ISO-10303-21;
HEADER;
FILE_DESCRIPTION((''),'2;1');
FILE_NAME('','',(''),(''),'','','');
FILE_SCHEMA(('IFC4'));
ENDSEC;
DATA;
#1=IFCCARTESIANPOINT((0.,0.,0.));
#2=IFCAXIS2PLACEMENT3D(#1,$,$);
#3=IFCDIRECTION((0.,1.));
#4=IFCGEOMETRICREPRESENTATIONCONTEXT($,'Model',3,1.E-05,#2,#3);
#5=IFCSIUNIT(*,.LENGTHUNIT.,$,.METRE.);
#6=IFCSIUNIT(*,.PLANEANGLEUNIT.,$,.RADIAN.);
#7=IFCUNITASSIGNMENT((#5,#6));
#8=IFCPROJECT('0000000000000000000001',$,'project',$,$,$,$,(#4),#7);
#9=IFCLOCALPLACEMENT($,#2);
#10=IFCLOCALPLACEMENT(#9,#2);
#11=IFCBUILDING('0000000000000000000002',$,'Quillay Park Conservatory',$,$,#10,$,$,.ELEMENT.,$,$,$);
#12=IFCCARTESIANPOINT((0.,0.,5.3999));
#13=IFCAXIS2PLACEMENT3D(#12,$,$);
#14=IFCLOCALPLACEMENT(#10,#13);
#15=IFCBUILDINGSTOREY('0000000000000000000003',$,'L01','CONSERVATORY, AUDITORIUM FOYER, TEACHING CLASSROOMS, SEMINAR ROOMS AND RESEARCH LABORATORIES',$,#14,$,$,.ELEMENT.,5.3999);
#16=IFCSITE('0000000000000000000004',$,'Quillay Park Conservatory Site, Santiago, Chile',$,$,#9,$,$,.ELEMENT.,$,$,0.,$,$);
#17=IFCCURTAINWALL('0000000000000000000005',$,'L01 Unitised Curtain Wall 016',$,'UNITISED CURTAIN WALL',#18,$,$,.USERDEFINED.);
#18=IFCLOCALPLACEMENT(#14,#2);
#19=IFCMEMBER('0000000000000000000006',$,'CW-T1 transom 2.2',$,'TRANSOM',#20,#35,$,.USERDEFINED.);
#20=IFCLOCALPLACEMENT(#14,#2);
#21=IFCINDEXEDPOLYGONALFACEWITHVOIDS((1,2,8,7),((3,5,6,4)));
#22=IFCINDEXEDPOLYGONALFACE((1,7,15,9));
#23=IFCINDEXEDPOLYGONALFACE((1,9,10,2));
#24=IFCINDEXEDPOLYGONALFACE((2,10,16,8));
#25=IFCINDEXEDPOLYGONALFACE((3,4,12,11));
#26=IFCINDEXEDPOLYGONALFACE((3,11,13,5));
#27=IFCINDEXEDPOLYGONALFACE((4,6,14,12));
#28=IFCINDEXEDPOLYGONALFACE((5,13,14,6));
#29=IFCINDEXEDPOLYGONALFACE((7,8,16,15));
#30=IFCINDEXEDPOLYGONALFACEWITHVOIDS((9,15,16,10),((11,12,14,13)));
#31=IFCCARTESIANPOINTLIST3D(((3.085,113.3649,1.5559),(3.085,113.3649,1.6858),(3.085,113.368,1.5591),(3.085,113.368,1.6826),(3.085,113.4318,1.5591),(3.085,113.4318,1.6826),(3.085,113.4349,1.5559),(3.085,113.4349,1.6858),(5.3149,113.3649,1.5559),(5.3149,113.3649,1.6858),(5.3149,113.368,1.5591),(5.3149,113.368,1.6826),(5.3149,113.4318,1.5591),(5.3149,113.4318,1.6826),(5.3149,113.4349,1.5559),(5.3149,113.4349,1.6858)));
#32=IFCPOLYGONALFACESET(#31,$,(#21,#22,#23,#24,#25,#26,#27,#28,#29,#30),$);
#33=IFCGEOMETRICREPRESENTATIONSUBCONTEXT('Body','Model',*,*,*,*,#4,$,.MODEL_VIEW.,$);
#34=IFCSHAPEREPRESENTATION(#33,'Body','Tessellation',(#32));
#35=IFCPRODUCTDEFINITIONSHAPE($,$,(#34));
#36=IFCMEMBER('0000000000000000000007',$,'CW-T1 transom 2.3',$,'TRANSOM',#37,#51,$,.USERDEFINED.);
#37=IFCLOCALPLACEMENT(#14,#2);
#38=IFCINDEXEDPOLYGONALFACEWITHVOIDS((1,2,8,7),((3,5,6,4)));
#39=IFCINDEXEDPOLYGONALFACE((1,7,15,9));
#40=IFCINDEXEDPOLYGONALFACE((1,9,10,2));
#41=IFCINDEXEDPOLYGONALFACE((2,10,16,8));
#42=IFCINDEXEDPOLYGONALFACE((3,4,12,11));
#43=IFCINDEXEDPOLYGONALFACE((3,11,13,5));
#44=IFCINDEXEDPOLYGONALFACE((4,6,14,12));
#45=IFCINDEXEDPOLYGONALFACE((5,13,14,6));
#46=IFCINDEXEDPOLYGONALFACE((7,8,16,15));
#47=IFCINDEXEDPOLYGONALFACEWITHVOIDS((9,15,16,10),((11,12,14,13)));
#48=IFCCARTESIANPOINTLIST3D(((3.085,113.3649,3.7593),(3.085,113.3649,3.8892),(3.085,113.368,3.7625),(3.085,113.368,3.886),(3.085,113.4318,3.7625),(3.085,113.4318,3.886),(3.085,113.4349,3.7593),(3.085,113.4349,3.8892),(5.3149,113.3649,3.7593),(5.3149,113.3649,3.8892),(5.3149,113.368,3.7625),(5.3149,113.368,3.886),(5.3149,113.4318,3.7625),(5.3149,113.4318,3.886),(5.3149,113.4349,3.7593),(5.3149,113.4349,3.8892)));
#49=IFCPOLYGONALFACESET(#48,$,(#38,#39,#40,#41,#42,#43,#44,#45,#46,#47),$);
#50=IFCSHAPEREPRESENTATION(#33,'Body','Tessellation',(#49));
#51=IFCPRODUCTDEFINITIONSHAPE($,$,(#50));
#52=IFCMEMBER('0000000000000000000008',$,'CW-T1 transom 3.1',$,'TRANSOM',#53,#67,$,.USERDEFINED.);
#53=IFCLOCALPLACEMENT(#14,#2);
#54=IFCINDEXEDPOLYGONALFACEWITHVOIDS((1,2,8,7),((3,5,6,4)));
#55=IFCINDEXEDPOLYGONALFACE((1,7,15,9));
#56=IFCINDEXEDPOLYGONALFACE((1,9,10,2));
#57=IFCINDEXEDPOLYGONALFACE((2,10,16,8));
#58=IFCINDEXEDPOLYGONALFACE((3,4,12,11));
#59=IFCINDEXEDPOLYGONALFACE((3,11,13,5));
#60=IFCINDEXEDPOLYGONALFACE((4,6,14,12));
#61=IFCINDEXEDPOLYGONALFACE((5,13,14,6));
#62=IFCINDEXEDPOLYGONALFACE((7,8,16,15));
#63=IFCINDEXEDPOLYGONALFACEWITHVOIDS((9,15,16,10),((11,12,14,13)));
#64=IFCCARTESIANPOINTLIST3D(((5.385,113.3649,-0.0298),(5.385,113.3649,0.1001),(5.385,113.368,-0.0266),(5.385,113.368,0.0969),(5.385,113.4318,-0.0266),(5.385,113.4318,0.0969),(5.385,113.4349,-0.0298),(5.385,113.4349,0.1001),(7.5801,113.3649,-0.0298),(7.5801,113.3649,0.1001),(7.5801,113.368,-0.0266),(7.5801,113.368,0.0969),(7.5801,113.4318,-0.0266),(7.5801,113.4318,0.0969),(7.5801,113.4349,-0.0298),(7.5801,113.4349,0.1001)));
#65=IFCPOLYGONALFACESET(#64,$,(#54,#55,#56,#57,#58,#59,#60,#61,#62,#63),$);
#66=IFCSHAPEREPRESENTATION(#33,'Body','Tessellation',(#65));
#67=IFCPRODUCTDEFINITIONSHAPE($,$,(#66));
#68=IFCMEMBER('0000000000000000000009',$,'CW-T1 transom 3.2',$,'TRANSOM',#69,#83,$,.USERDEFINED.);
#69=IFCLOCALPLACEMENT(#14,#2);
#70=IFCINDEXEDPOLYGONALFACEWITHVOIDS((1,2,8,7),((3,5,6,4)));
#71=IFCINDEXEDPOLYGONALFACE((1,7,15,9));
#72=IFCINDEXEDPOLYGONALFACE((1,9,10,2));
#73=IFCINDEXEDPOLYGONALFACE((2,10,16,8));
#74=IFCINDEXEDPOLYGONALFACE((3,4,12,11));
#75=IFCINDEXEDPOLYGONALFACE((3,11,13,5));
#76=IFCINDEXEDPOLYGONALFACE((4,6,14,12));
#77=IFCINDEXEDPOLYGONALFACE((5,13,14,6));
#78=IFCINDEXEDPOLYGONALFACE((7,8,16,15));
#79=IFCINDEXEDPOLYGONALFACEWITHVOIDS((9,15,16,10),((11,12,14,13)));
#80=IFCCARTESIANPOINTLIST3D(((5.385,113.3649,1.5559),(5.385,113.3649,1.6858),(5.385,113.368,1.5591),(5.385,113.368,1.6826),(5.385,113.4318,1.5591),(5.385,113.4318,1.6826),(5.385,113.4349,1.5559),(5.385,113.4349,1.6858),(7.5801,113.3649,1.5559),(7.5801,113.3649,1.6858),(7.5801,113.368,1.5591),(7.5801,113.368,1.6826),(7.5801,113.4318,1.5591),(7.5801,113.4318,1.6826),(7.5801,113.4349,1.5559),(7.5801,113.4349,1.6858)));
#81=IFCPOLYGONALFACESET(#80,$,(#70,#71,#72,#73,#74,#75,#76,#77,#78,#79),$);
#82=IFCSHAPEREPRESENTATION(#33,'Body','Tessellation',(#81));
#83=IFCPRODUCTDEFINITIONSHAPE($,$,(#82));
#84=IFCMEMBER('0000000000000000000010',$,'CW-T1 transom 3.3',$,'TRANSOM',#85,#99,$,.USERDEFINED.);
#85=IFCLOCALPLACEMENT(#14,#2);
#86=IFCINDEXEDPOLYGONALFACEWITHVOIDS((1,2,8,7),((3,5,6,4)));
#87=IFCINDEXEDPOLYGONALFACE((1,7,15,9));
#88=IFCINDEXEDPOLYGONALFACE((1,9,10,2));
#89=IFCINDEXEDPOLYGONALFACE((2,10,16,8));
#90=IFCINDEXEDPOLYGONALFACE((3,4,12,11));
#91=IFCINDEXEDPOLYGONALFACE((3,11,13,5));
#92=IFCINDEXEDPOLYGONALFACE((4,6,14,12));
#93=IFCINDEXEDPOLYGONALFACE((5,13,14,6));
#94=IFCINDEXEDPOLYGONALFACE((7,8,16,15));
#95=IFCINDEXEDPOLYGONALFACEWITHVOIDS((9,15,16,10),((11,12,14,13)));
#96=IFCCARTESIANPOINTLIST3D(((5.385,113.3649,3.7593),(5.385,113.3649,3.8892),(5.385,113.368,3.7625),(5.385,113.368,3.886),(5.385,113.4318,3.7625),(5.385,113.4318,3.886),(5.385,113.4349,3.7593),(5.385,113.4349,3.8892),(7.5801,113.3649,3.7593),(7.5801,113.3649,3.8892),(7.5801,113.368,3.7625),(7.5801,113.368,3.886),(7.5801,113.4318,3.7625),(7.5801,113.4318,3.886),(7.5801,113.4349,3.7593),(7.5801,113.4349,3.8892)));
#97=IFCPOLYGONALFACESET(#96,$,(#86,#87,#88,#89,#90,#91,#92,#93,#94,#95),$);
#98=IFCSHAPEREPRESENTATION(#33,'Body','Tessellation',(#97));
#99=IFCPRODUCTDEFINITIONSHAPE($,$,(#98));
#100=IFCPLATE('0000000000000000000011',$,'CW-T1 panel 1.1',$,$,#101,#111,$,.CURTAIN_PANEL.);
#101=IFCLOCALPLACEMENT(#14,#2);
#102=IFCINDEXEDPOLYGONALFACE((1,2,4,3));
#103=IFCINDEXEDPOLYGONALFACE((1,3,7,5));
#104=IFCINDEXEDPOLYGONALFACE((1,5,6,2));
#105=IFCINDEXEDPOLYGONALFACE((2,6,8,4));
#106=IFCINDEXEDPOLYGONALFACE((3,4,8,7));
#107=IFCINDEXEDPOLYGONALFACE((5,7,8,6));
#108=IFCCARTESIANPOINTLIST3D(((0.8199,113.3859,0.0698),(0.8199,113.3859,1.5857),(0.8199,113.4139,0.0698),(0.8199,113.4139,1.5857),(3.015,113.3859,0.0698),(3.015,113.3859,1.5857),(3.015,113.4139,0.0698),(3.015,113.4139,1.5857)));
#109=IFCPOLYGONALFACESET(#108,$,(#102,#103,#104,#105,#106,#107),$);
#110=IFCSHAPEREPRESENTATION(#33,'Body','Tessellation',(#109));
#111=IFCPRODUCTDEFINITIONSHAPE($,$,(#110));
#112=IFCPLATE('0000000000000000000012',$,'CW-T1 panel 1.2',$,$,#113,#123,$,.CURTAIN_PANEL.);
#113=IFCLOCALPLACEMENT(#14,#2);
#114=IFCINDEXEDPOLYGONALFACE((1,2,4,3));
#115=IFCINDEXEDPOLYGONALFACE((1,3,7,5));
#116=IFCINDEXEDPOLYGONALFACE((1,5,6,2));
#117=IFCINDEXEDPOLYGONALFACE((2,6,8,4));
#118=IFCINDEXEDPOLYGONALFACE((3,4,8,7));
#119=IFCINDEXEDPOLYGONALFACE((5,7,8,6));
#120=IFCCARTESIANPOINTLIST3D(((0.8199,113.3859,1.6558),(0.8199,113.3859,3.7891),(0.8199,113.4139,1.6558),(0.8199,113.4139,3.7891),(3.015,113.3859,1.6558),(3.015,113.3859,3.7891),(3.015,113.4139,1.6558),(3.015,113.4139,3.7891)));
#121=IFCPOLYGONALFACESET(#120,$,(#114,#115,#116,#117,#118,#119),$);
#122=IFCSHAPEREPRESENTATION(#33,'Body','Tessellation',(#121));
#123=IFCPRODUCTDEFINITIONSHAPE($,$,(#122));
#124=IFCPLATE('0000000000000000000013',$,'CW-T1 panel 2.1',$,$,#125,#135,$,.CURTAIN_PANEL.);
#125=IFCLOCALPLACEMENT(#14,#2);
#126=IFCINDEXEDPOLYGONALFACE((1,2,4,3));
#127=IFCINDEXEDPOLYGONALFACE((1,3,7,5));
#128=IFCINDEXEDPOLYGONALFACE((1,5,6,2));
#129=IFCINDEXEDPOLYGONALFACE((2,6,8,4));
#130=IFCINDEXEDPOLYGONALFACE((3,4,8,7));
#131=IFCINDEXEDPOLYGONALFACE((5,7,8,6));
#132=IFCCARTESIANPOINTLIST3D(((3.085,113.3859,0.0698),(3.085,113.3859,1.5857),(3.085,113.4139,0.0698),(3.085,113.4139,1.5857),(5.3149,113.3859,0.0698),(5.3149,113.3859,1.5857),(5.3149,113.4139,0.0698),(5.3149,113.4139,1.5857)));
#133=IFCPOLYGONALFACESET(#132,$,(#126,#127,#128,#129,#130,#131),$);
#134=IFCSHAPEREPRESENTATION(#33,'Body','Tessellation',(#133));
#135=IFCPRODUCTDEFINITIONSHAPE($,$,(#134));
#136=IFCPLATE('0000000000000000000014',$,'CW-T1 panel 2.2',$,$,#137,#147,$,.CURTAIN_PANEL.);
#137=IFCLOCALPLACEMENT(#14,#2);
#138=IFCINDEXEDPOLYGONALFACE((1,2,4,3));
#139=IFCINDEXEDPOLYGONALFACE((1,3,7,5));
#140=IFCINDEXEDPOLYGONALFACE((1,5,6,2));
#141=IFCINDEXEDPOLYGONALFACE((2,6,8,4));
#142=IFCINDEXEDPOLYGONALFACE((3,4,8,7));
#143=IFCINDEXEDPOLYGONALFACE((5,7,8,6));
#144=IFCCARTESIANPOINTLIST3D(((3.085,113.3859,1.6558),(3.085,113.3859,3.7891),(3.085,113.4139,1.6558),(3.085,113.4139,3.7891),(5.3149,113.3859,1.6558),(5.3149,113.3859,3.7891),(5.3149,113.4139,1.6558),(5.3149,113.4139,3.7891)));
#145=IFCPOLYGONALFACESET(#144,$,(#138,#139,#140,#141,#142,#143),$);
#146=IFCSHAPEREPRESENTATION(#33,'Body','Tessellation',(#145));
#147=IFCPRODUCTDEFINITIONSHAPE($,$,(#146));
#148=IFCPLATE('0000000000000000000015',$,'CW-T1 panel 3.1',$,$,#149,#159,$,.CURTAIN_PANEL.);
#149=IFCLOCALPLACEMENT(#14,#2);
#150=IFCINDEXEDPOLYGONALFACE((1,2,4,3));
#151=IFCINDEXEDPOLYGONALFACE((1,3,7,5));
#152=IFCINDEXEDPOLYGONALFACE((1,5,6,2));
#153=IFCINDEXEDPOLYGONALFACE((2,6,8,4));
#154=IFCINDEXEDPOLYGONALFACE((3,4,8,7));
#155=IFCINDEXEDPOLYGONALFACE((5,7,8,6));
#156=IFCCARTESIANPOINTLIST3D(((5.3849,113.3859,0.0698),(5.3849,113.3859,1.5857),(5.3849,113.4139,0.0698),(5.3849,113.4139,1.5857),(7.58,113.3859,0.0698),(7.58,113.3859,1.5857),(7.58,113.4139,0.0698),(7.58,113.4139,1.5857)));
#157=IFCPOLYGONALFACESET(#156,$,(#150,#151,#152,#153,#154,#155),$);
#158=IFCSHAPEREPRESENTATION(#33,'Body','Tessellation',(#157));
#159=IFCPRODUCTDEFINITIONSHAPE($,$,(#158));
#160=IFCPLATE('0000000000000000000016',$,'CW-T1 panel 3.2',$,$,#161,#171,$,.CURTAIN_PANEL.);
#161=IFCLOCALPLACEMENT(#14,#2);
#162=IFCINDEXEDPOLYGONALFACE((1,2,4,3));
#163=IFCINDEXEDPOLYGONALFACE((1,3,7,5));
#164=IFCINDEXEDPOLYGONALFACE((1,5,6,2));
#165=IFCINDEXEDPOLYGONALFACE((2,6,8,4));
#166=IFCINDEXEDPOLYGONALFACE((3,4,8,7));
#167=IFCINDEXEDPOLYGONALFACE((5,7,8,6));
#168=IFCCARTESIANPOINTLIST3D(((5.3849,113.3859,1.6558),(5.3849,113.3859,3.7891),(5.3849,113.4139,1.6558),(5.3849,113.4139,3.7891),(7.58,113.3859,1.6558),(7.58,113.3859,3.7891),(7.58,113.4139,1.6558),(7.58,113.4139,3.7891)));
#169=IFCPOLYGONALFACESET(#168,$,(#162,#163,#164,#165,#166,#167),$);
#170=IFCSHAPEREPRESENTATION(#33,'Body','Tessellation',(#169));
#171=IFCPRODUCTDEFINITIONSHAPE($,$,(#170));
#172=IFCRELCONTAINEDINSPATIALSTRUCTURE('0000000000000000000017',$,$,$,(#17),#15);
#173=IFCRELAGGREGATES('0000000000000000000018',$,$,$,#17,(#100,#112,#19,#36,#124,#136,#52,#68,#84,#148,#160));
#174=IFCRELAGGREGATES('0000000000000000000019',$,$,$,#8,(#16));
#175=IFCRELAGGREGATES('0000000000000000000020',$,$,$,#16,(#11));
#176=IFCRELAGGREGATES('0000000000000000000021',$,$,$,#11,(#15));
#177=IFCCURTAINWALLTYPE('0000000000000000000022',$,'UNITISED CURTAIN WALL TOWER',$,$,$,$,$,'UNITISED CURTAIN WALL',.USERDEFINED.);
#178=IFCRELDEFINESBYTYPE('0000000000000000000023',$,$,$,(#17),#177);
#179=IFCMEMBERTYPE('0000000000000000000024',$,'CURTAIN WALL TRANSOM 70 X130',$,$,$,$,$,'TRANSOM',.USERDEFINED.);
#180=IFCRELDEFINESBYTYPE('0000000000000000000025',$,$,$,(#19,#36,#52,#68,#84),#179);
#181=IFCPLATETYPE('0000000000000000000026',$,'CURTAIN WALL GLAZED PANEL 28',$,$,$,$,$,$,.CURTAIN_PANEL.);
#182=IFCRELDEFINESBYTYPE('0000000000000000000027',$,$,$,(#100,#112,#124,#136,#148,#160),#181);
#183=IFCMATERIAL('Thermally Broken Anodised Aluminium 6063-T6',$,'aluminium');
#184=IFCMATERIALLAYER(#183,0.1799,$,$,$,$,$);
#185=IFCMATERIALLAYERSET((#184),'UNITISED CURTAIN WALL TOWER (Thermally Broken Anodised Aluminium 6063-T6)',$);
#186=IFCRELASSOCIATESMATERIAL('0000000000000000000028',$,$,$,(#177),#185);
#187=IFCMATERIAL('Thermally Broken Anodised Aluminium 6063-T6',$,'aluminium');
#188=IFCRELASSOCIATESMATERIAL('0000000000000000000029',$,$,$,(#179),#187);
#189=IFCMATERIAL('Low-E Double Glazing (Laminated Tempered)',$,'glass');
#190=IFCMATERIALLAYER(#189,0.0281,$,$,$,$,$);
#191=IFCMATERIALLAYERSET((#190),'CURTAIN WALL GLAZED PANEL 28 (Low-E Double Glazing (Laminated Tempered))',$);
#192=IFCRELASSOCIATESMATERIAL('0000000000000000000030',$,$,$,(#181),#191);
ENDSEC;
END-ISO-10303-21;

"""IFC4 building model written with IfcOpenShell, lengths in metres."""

from ifc_helpers import new_model, si_unit, direction, frame, origin, origin_2d, place, context, subcontext, project, spatial, rectangle, hollow_rectangle, extrude, material, layer, layer_set, material_profile, profile_set, type_object, element, aggregate, save


model = new_model("IFC4")

# Units and contexts
model_context = context("Model", 3, precision=1e-05, world=origin(), true_north=direction((0.0, 1.0)))
body_context = subcontext(model_context, "Body", "Model", "MODEL_VIEW")
ifc_project = project(units=[si_unit("LENGTHUNIT", "METRE"), si_unit("PLANEANGLEUNIT", "RADIAN")], contexts=[model_context])

# Site, building, storey
site_placement = place(None, origin())
site = spatial("IfcSite", under=ifc_project, at=site_placement, Name="Quillay Park Conservatory Site, Santiago, Chile", CompositionType="ELEMENT", RefElevation=0.0)
building_placement = place(site_placement, origin())
building = spatial("IfcBuilding", under=site, at=building_placement, Name="Quillay Park Conservatory", CompositionType="ELEMENT")
storey_placement = place(building_placement, frame((0.0, 0.0, 5.3999)))
storey = spatial("IfcBuildingStorey", under=building, at=storey_placement, Name="L01", Description="CONSERVATORY, AUDITORIUM FOYER, TEACHING CLASSROOMS, SEMINAR ROOMS AND RESEARCH LABORATORIES", CompositionType="ELEMENT", Elevation=5.3999)

# Curtain wall, members, plates
ifc_material_1 = material(Name="Thermally Broken Anodised Aluminium 6063-T6", Category="aluminium")
ifc_layer_1 = layer(ifc_material_1, 0.1799)
ifc_layer_set_1 = layer_set([ifc_layer_1], Name="UNITISED CURTAIN WALL TOWER (Thermally Broken Anodised Aluminium 6063-T6)")
curtain_wall_type = type_object("IfcCurtainWallType", Name="UNITISED CURTAIN WALL TOWER", ElementType="UNITISED CURTAIN WALL", PredefinedType="USERDEFINED", material=ifc_layer_set_1)
curtain_wall_placement = place(storey_placement, origin())
curtain_wall = element("IfcCurtainWall", 1, at=curtain_wall_placement, inside=storey, type_object=curtain_wall_type, Name="L01 Unitised Curtain Wall 016", ObjectType="UNITISED CURTAIN WALL", PredefinedType="USERDEFINED")
ifc_material_2 = material(Name="Thermally Broken Anodised Aluminium 6063-T6", Category="aluminium")
ifc_material_profile_1 = material_profile(ifc_material_2, hollow_rectangle(XDim=0.0701, YDim=0.1299, WallThickness=0.0032, at=origin_2d()), Name="AL70x130x3.2")
ifc_profile_set_1 = profile_set([ifc_material_profile_1], Name="Thermally Broken Anodised Aluminium 6063-T6")
member_type_1 = type_object("IfcMemberType", Name="CURTAIN WALL TRANSOM 70 X130", ElementType="TRANSOM", PredefinedType="USERDEFINED", material=ifc_profile_set_1)
member_1_placement = place(storey_placement, frame((3.085, 113.3999, 1.6208), z_axis=(1.0, 0.0, 0.0), x_axis=(0.0, 1.0, 0.0)))
member_1 = element("IfcMember", 2, at=member_1_placement, type_object=member_type_1, Name="CW-T1 transom 2.2", ObjectType="TRANSOM", PredefinedType="USERDEFINED", context=body_context, shape_type="SweptSolid", body=[
    extrude(hollow_rectangle(XDim=0.0701, YDim=0.1299, WallThickness=0.0032, at=origin_2d()), origin(), (0.0, 0.0, 1.0), 2.23),
])
member_2_placement = place(storey_placement, frame((3.085, 113.3999, 3.8242), z_axis=(1.0, 0.0, 0.0), x_axis=(0.0, 1.0, 0.0)))
member_2 = element("IfcMember", 3, at=member_2_placement, type_object=member_type_1, Name="CW-T1 transom 2.3", ObjectType="TRANSOM", PredefinedType="USERDEFINED", context=body_context, shape_type="SweptSolid", body=[
    extrude(hollow_rectangle(XDim=0.0701, YDim=0.1299, WallThickness=0.0032, at=origin_2d()), origin(), (0.0, 0.0, 1.0), 2.23),
])
member_3_placement = place(storey_placement, frame((5.385, 113.3999, 0.0352), z_axis=(1.0, 0.0, 0.0), x_axis=(0.0, 1.0, 0.0)))
member_3 = element("IfcMember", 4, at=member_3_placement, type_object=member_type_1, Name="CW-T1 transom 3.1", ObjectType="TRANSOM", PredefinedType="USERDEFINED", context=body_context, shape_type="SweptSolid", body=[
    extrude(hollow_rectangle(XDim=0.0701, YDim=0.1299, WallThickness=0.0032, at=origin_2d()), origin(), (0.0, 0.0, 1.0), 2.1951),
])
member_4_placement = place(storey_placement, frame((5.385, 113.3999, 1.6208), z_axis=(1.0, 0.0, 0.0), x_axis=(0.0, 1.0, 0.0)))
member_4 = element("IfcMember", 5, at=member_4_placement, type_object=member_type_1, Name="CW-T1 transom 3.2", ObjectType="TRANSOM", PredefinedType="USERDEFINED", context=body_context, shape_type="SweptSolid", body=[
    extrude(hollow_rectangle(XDim=0.0701, YDim=0.1299, WallThickness=0.0032, at=origin_2d()), origin(), (0.0, 0.0, 1.0), 2.1951),
])
member_5_placement = place(storey_placement, frame((5.385, 113.3999, 3.8242), z_axis=(1.0, 0.0, 0.0), x_axis=(0.0, 1.0, 0.0)))
member_5 = element("IfcMember", 6, at=member_5_placement, type_object=member_type_1, Name="CW-T1 transom 3.3", ObjectType="TRANSOM", PredefinedType="USERDEFINED", context=body_context, shape_type="SweptSolid", body=[
    extrude(hollow_rectangle(XDim=0.0701, YDim=0.1299, WallThickness=0.0032, at=origin_2d()), origin(), (0.0, 0.0, 1.0), 2.1951),
])
ifc_material_3 = material(Name="Low-E Double Glazing (Laminated Tempered)", Category="glass")
ifc_layer_2 = layer(ifc_material_3, 0.0281)
ifc_layer_set_2 = layer_set([ifc_layer_2], Name="CURTAIN WALL GLAZED PANEL 28 (Low-E Double Glazing (Laminated Tempered))")
plate_type = type_object("IfcPlateType", Name="CURTAIN WALL GLAZED PANEL 28", PredefinedType="CURTAIN_PANEL", material=ifc_layer_set_2)
plate_1_placement = place(storey_placement, frame((1.9175, 113.3999, 0.0698), z_axis=(0.0, 0.0, 1.0), x_axis=(1.0, 0.0, 0.0)))
plate_1 = element("IfcPlate", 7, at=plate_1_placement, type_object=plate_type, Name="CW-T1 panel 1.1", PredefinedType="CURTAIN_PANEL", context=body_context, shape_type="SweptSolid", body=[
    extrude(rectangle(XDim=2.1951, YDim=0.0281, at=origin_2d()), origin(), (0.0, 0.0, 1.0), 1.5159),
])
plate_2_placement = place(storey_placement, frame((1.9175, 113.3999, 1.6558), z_axis=(0.0, 0.0, 1.0), x_axis=(1.0, 0.0, 0.0)))
plate_2 = element("IfcPlate", 8, at=plate_2_placement, type_object=plate_type, Name="CW-T1 panel 1.2", PredefinedType="CURTAIN_PANEL", context=body_context, shape_type="SweptSolid", body=[
    extrude(rectangle(XDim=2.1951, YDim=0.0281, at=origin_2d()), origin(), (0.0, 0.0, 1.0), 2.1333),
])
plate_3_placement = place(storey_placement, frame((4.2, 113.3999, 0.0698), z_axis=(0.0, 0.0, 1.0), x_axis=(1.0, 0.0, 0.0)))
plate_3 = element("IfcPlate", 9, at=plate_3_placement, type_object=plate_type, Name="CW-T1 panel 2.1", PredefinedType="CURTAIN_PANEL", context=body_context, shape_type="SweptSolid", body=[
    extrude(rectangle(XDim=2.23, YDim=0.0281, at=origin_2d()), origin(), (0.0, 0.0, 1.0), 1.5159),
])
plate_4_placement = place(storey_placement, frame((4.2, 113.3999, 1.6558), z_axis=(0.0, 0.0, 1.0), x_axis=(1.0, 0.0, 0.0)))
plate_4 = element("IfcPlate", 10, at=plate_4_placement, type_object=plate_type, Name="CW-T1 panel 2.2", PredefinedType="CURTAIN_PANEL", context=body_context, shape_type="SweptSolid", body=[
    extrude(rectangle(XDim=2.23, YDim=0.0281, at=origin_2d()), origin(), (0.0, 0.0, 1.0), 2.1333),
])
plate_5_placement = place(storey_placement, frame((6.4824, 113.3999, 0.0698), z_axis=(0.0, 0.0, 1.0), x_axis=(1.0, 0.0, 0.0)))
plate_5 = element("IfcPlate", 11, at=plate_5_placement, type_object=plate_type, Name="CW-T1 panel 3.1", PredefinedType="CURTAIN_PANEL", context=body_context, shape_type="SweptSolid", body=[
    extrude(rectangle(XDim=2.1951, YDim=0.0281, at=origin_2d()), origin(), (0.0, 0.0, 1.0), 1.5159),
])
plate_6_placement = place(storey_placement, frame((6.4824, 113.3999, 1.6558), z_axis=(0.0, 0.0, 1.0), x_axis=(1.0, 0.0, 0.0)))
plate_6 = element("IfcPlate", 12, at=plate_6_placement, type_object=plate_type, Name="CW-T1 panel 3.2", PredefinedType="CURTAIN_PANEL", context=body_context, shape_type="SweptSolid", body=[
    extrude(rectangle(XDim=2.1951, YDim=0.0281, at=origin_2d()), origin(), (0.0, 0.0, 1.0), 2.1333),
])
aggregate(curtain_wall, [plate_1, plate_2, member_1, member_2, plate_3, plate_4, member_3, member_4, member_5, plate_5, plate_6])

save(model, "model.ifc")
